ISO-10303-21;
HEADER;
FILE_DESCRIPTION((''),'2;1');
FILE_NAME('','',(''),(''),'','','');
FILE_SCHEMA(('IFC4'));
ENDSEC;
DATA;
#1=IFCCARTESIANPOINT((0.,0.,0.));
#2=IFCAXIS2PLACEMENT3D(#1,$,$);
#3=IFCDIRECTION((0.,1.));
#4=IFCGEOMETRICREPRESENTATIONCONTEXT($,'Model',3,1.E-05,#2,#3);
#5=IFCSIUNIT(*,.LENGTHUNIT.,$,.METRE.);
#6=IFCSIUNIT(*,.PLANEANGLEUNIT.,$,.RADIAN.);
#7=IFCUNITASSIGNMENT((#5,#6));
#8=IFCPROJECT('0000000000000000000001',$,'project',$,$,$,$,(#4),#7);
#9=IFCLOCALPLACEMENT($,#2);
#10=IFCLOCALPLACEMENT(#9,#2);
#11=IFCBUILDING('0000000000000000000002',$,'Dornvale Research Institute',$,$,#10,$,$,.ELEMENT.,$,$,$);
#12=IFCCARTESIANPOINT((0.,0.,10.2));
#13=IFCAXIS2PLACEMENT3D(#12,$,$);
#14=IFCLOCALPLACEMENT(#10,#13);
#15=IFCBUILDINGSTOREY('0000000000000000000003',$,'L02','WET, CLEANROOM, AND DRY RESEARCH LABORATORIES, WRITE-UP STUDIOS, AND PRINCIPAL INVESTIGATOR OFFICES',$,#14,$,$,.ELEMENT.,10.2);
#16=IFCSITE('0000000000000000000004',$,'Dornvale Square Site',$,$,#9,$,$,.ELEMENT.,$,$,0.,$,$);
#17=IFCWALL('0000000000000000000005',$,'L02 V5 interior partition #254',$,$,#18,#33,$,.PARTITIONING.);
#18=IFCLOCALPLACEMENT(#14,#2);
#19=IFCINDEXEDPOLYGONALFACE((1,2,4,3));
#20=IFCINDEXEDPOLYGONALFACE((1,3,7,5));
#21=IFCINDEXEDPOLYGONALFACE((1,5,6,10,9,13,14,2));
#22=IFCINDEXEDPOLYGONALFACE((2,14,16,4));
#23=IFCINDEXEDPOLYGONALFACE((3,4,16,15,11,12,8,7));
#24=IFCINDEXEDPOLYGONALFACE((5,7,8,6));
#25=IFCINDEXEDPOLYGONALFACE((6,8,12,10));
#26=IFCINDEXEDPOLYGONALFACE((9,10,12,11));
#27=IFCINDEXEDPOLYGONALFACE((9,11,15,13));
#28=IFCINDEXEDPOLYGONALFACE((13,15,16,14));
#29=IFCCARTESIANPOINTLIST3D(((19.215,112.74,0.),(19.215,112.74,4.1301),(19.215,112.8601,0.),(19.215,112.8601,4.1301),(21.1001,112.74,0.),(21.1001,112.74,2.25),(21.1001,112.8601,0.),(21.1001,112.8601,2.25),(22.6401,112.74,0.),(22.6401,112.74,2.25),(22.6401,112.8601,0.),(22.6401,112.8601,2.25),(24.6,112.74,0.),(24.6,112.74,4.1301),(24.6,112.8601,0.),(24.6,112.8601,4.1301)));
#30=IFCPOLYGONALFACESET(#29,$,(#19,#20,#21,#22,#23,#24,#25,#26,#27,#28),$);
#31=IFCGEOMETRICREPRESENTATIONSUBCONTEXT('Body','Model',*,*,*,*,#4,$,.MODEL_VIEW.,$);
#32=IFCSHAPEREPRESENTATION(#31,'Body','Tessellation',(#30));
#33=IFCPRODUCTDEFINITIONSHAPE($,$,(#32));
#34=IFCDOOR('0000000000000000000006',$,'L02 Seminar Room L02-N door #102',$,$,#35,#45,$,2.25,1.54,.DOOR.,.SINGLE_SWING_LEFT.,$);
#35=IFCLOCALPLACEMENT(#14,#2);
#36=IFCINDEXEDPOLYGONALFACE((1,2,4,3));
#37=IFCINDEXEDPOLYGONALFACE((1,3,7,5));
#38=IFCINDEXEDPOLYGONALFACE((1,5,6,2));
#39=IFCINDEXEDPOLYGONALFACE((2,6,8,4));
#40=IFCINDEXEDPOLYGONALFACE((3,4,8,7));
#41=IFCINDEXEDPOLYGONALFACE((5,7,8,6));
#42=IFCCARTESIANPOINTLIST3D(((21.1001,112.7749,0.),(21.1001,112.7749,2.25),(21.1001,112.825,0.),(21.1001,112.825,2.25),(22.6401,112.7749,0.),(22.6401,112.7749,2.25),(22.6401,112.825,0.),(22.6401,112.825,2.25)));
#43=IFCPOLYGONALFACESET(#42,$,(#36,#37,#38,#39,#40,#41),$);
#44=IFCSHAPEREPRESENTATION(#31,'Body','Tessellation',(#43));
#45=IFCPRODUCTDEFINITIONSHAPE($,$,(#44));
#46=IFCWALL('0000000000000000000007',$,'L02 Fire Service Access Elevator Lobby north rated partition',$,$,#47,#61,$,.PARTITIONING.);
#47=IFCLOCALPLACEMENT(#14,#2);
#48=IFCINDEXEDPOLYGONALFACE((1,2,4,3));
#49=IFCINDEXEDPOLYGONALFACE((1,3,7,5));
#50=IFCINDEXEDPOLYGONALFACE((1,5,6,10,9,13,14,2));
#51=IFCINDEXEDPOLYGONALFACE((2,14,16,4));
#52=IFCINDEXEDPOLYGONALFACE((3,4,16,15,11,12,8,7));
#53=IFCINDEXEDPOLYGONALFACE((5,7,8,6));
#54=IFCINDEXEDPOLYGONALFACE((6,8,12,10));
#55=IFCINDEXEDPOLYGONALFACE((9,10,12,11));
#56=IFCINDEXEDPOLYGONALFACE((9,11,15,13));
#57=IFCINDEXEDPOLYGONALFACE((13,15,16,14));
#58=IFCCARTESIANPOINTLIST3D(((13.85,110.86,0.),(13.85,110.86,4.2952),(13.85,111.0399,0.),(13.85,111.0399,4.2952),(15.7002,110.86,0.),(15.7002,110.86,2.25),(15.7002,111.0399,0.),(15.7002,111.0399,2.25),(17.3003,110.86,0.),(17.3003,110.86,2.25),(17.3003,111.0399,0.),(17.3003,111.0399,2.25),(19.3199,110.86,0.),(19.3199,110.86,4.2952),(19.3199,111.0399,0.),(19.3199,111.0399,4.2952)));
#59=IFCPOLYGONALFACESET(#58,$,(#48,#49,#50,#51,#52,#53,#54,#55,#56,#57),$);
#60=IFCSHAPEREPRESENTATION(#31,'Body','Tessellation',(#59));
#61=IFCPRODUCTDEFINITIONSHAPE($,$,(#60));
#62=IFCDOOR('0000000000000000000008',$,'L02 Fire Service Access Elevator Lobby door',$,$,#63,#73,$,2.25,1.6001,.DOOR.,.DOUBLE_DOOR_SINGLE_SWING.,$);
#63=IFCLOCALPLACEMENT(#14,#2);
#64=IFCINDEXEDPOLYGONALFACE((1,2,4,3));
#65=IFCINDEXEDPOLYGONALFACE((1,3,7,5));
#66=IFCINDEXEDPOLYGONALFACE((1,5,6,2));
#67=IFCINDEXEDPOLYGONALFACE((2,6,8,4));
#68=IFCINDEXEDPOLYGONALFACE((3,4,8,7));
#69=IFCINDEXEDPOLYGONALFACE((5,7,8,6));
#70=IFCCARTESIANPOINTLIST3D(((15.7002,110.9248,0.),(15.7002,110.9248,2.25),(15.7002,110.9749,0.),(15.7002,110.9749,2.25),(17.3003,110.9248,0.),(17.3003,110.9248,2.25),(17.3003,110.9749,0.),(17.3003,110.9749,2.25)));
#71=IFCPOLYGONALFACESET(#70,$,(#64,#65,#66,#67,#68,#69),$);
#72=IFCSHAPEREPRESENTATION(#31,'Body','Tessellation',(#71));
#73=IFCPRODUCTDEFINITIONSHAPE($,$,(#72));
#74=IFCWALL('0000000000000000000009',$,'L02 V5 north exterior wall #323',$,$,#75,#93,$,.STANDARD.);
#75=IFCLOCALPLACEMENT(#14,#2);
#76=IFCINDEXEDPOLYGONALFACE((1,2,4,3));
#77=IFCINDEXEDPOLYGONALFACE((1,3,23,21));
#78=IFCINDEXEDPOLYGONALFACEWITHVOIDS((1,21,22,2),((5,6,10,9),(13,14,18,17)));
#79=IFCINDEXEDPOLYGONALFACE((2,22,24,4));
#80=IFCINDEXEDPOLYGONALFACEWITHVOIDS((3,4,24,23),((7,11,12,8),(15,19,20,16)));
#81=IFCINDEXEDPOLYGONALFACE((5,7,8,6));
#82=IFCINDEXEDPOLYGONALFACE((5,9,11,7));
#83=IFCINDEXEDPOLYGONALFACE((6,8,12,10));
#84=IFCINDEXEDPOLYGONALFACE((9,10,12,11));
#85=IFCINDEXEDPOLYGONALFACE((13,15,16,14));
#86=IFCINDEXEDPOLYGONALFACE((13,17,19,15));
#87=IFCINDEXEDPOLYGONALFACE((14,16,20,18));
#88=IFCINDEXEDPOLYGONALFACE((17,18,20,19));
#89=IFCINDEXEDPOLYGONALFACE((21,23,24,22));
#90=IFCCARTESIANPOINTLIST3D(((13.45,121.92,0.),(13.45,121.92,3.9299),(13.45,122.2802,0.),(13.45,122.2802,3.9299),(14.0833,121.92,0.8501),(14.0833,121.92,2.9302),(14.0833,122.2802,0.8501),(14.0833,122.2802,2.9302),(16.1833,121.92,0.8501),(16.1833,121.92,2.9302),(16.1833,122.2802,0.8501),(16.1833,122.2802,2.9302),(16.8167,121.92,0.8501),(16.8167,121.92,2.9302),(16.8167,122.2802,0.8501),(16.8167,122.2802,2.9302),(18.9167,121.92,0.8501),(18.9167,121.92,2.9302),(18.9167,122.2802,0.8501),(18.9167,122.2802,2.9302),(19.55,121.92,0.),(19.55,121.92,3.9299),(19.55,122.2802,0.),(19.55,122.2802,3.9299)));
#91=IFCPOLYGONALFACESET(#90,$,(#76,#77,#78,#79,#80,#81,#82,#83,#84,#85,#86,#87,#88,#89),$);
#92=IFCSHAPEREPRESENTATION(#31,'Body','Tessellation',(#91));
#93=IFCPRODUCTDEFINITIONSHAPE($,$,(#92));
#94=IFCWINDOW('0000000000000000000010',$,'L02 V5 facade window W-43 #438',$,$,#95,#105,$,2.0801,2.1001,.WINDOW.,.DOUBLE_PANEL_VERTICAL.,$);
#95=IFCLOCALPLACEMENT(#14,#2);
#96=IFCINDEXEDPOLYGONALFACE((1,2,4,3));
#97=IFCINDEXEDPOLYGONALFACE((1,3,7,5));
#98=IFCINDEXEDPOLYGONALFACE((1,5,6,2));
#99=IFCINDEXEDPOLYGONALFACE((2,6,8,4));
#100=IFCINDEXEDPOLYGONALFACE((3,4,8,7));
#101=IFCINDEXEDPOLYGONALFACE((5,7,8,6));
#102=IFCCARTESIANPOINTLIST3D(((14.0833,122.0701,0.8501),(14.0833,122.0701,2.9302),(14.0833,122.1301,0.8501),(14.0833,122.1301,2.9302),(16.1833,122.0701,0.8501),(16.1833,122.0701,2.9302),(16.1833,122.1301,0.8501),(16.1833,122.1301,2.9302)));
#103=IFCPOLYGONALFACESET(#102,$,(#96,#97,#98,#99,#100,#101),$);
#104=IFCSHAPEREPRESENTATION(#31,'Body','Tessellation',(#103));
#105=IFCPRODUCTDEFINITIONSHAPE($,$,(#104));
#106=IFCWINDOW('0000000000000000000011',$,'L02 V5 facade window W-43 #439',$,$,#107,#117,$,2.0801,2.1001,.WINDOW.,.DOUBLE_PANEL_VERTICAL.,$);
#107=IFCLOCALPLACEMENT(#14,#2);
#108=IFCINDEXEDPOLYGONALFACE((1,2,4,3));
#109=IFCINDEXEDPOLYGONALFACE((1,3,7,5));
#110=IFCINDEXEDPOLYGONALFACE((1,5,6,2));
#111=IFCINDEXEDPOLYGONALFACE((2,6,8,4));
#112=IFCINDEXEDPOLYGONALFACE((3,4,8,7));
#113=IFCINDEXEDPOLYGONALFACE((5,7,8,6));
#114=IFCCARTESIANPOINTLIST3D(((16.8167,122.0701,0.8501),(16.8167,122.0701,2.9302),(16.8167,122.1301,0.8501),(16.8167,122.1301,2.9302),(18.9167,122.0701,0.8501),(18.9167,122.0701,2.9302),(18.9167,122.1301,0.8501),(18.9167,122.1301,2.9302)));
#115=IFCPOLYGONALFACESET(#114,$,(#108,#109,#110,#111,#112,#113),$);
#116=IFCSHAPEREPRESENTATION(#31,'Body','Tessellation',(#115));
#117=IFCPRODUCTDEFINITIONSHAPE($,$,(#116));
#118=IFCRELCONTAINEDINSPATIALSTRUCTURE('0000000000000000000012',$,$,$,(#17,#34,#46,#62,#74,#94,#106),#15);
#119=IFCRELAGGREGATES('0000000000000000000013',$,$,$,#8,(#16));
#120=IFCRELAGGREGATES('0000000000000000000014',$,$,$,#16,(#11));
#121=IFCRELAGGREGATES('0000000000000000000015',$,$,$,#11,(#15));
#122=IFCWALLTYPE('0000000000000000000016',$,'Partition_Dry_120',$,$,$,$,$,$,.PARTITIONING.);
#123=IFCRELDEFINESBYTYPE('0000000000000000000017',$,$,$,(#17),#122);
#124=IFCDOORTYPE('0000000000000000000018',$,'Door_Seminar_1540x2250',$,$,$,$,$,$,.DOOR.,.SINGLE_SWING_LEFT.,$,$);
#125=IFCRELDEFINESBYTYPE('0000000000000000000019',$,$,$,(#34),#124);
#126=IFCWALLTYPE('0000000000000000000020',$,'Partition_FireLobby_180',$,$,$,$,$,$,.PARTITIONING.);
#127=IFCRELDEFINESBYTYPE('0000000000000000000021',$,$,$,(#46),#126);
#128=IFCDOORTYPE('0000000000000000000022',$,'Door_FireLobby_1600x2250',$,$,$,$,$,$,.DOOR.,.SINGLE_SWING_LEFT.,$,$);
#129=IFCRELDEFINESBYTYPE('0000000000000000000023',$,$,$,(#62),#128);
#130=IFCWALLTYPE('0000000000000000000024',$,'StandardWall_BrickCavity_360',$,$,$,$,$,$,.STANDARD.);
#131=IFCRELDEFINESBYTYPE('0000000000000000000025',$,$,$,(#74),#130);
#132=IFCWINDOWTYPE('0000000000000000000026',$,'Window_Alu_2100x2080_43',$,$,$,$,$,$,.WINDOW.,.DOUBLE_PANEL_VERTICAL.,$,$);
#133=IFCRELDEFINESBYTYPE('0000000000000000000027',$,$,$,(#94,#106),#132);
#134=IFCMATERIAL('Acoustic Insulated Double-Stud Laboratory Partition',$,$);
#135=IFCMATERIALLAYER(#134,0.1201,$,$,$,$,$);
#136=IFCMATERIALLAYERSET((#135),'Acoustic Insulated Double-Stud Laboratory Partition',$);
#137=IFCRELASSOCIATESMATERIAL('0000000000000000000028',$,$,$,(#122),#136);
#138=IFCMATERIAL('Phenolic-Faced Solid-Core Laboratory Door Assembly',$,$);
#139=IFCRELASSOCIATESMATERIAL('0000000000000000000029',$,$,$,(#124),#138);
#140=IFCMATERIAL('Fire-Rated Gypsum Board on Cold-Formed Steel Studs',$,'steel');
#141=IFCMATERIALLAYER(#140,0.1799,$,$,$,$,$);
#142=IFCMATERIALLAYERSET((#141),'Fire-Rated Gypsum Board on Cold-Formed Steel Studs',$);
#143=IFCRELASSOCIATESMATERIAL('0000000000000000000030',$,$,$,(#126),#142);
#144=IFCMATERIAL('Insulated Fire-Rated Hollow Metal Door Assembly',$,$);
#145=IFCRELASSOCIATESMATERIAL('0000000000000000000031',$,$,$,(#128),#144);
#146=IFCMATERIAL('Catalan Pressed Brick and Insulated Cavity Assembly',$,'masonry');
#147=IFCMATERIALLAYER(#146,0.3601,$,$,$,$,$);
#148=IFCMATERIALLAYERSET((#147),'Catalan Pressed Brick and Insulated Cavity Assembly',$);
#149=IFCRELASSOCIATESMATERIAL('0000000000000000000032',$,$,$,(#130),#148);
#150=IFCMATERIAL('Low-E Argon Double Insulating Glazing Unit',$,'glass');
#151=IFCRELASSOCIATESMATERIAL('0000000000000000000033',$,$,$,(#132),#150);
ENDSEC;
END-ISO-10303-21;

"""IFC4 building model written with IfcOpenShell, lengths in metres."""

from ifc_helpers import new_model, si_unit, direction, frame, frame_2d, origin, place, context, subcontext, project, spatial, rectangle, extrude, material, layer, layer_set, type_object, element, fill, save


model = new_model("IFC4")

# Units and contexts
model_context = context("Model", 3, precision=1e-05, world=origin(), true_north=direction((0.0, 1.0)))
body_context = subcontext(model_context, "Body", "Model", "MODEL_VIEW")
ifc_project = project(units=[si_unit("LENGTHUNIT", "METRE"), si_unit("PLANEANGLEUNIT", "RADIAN")], contexts=[model_context])

# Site, building, storey
site_placement = place(None, origin())
site = spatial("IfcSite", under=ifc_project, at=site_placement, Name="Dornvale Square Site", CompositionType="ELEMENT", RefElevation=0.0)
building_placement = place(site_placement, origin())
building = spatial("IfcBuilding", under=site, at=building_placement, Name="Dornvale Research Institute", CompositionType="ELEMENT")
storey_placement = place(building_placement, frame((0.0, 0.0, 10.2)))
storey = spatial("IfcBuildingStorey", under=building, at=storey_placement, Name="L02", Description="WET, CLEANROOM, AND DRY RESEARCH LABORATORIES, WRITE-UP STUDIOS, AND PRINCIPAL INVESTIGATOR OFFICES", CompositionType="ELEMENT", Elevation=10.2)

# Shared definitions
ifc_material_1 = material(Name="Acoustic Insulated Double-Stud Laboratory Partition")
ifc_layer_1 = layer(ifc_material_1, 0.1201)
ifc_layer_set_1 = layer_set([ifc_layer_1], Name="Acoustic Insulated Double-Stud Laboratory Partition")
wall_type_1 = type_object("IfcWallType", Name="Partition_Dry_120", PredefinedType="PARTITIONING", material=ifc_layer_set_1)

# Walls, openings, doors
wall_1_placement = place(storey_placement, frame((19.2151, 112.8, 0.0), z_axis=(0.0, 0.0, 1.0), x_axis=(1.0, 0.0, 0.0)))
wall_1 = element("IfcWall", 1, at=wall_1_placement, inside=storey, type_object=wall_type_1, Name="L02 V5 interior partition #254", PredefinedType="PARTITIONING", context=body_context, shape_type="SweptSolid", body=[
    extrude(rectangle(XDim=5.385, YDim=0.1201, at=frame_2d((2.6924, 0.0))), origin(), (0.0, 0.0, 1.0), 4.1301),
])
opening_1_placement = place(wall_1_placement, frame((1.885, 0.0, 0.0)))
opening_1 = element("IfcOpeningElement", 2, at=opening_1_placement, cuts=wall_1, PredefinedType="OPENING", context=body_context, shape_type="SweptSolid", body=[
    extrude(rectangle(XDim=1.54, YDim=2.25, at=frame_2d((0.77, 1.125))), frame((0.0, 0.075, 0.0), z_axis=(0.0, -1.0, 0.0), x_axis=(1.0, 0.0, 0.0)), (0.0, 0.0, 1.0), 0.1501),
])
ifc_material_2 = material(Name="Phenolic-Faced Solid-Core Laboratory Door Assembly")
door_type_1 = type_object("IfcDoorType", Name="Door_Seminar_1540x2250", OperationType="SINGLE_SWING_LEFT", PredefinedType="DOOR", material=ifc_material_2)
door_1_placement = place(opening_1_placement, origin())
door_1 = element("IfcDoor", 3, at=door_1_placement, inside=storey, type_object=door_type_1, Name="L02 Seminar Room L02-N door #102", OperationType="SINGLE_SWING_LEFT", OverallHeight=2.25, OverallWidth=1.54, PredefinedType="DOOR", context=body_context, shape_type="SweptSolid", body=[
    extrude(rectangle(XDim=1.54, YDim=2.25, at=frame_2d((0.77, 1.125))), frame((0.0, 0.0249, 0.0), z_axis=(0.0, -1.0, 0.0), x_axis=(1.0, 0.0, 0.0)), (0.0, 0.0, 1.0), 0.05),
])
fill(opening_1, door_1)
ifc_material_3 = material(Name="Fire-Rated Gypsum Board on Cold-Formed Steel Studs", Category="steel")
ifc_layer_2 = layer(ifc_material_3, 0.1799)
ifc_layer_set_2 = layer_set([ifc_layer_2], Name="Fire-Rated Gypsum Board on Cold-Formed Steel Studs")
wall_type_2 = type_object("IfcWallType", Name="Partition_FireLobby_180", PredefinedType="PARTITIONING", material=ifc_layer_set_2)
wall_2_placement = place(storey_placement, frame((13.8501, 110.95, 0.0), z_axis=(0.0, 0.0, 1.0), x_axis=(1.0, 0.0, 0.0)))
wall_2 = element("IfcWall", 4, at=wall_2_placement, inside=storey, type_object=wall_type_2, Name="L02 Fire Service Access Elevator Lobby north rated partition", PredefinedType="PARTITIONING", context=body_context, shape_type="SweptSolid", body=[
    extrude(rectangle(XDim=5.47, YDim=0.1799, at=frame_2d((2.7349, 0.0))), origin(), (0.0, 0.0, 1.0), 4.2952),
])
opening_2_placement = place(wall_2_placement, frame((1.8501, 0.0, 0.0)))
opening_2 = element("IfcOpeningElement", 5, at=opening_2_placement, cuts=wall_2, PredefinedType="OPENING", context=body_context, shape_type="SweptSolid", body=[
    extrude(rectangle(XDim=1.6001, YDim=2.25, at=frame_2d((0.8, 1.125))), frame((0.0, 0.105, 0.0), z_axis=(0.0, -1.0, 0.0), x_axis=(1.0, 0.0, 0.0)), (0.0, 0.0, 1.0), 0.21),
])
ifc_material_4 = material(Name="Insulated Fire-Rated Hollow Metal Door Assembly")
door_type_2 = type_object("IfcDoorType", Name="Door_FireLobby_1600x2250", OperationType="SINGLE_SWING_LEFT", PredefinedType="DOOR", material=ifc_material_4)
door_2_placement = place(opening_2_placement, origin())
door_2 = element("IfcDoor", 6, at=door_2_placement, inside=storey, type_object=door_type_2, Name="L02 Fire Service Access Elevator Lobby door", OperationType="DOUBLE_DOOR_SINGLE_SWING", OverallHeight=2.25, OverallWidth=1.6001, PredefinedType="DOOR", context=body_context, shape_type="SweptSolid", body=[
    extrude(rectangle(XDim=1.6001, YDim=2.25, at=frame_2d((0.8, 1.125))), frame((0.0, 0.0249, 0.0), z_axis=(0.0, -1.0, 0.0), x_axis=(1.0, 0.0, 0.0)), (0.0, 0.0, 1.0), 0.05),
])
fill(opening_2, door_2)

# Wall, openings, windows
ifc_material_5 = material(Name="Catalan Pressed Brick and Insulated Cavity Assembly", Category="masonry")
ifc_layer_3 = layer(ifc_material_5, 0.3601)
ifc_layer_set_3 = layer_set([ifc_layer_3], Name="Catalan Pressed Brick and Insulated Cavity Assembly")
wall_type_3 = type_object("IfcWallType", Name="StandardWall_BrickCavity_360", PredefinedType="STANDARD", material=ifc_layer_set_3)
wall_3_placement = place(storey_placement, frame((13.45, 122.1001, 0.0), z_axis=(0.0, 0.0, 1.0), x_axis=(1.0, 0.0, 0.0)))
wall_3 = element("IfcWall", 7, at=wall_3_placement, inside=storey, type_object=wall_type_3, Name="L02 V5 north exterior wall #323", PredefinedType="STANDARD", context=body_context, shape_type="SweptSolid", body=[
    extrude(rectangle(XDim=6.1001, YDim=0.3601, at=frame_2d((3.05, 0.0))), origin(), (0.0, 0.0, 1.0), 3.9299),
])
opening_3_placement = place(wall_3_placement, frame((0.6333, 0.0, 0.8501)))
opening_3 = element("IfcOpeningElement", 8, at=opening_3_placement, cuts=wall_3, PredefinedType="OPENING", context=body_context, shape_type="SweptSolid", body=[
    extrude(rectangle(XDim=2.1001, YDim=2.0801, at=frame_2d((1.05, 1.04))), frame((0.0, 0.1951, 0.0), z_axis=(0.0, -1.0, 0.0), x_axis=(1.0, 0.0, 0.0)), (0.0, 0.0, 1.0), 0.3901),
])
opening_4_placement = place(wall_3_placement, frame((3.3667, 0.0, 0.8501)))
opening_4 = element("IfcOpeningElement", 9, at=opening_4_placement, cuts=wall_3, PredefinedType="OPENING", context=body_context, shape_type="SweptSolid", body=[
    extrude(rectangle(XDim=2.1001, YDim=2.0801, at=frame_2d((1.05, 1.04))), frame((0.0, 0.1951, 0.0), z_axis=(0.0, -1.0, 0.0), x_axis=(1.0, 0.0, 0.0)), (0.0, 0.0, 1.0), 0.3901),
])
ifc_material_6 = material(Name="Low-E Argon Double Insulating Glazing Unit", Category="glass")
window_type = type_object("IfcWindowType", Name="Window_Alu_2100x2080_43", PartitioningType="DOUBLE_PANEL_VERTICAL", PredefinedType="WINDOW", material=ifc_material_6)
window_1_placement = place(opening_3_placement, origin())
window_1 = element("IfcWindow", 10, at=window_1_placement, inside=storey, type_object=window_type, Name="L02 V5 facade window W-43 #438", OverallHeight=2.0801, OverallWidth=2.1001, PartitioningType="DOUBLE_PANEL_VERTICAL", PredefinedType="WINDOW", context=body_context, shape_type="SweptSolid", body=[
    extrude(rectangle(XDim=2.1001, YDim=2.0801, at=frame_2d((1.05, 1.04))), frame((0.0, 0.03, 0.0), z_axis=(0.0, -1.0, 0.0), x_axis=(1.0, 0.0, 0.0)), (0.0, 0.0, 1.0), 0.0601),
])
fill(opening_3, window_1)
window_2_placement = place(opening_4_placement, origin())
window_2 = element("IfcWindow", 11, at=window_2_placement, inside=storey, type_object=window_type, Name="L02 V5 facade window W-43 #439", OverallHeight=2.0801, OverallWidth=2.1001, PartitioningType="DOUBLE_PANEL_VERTICAL", PredefinedType="WINDOW", context=body_context, shape_type="SweptSolid", body=[
    extrude(rectangle(XDim=2.1001, YDim=2.0801, at=frame_2d((1.05, 1.04))), frame((0.0, 0.03, 0.0), z_axis=(0.0, -1.0, 0.0), x_axis=(1.0, 0.0, 0.0)), (0.0, 0.0, 1.0), 0.0601),
])
fill(opening_4, window_2)

save(model, "model.ifc")
